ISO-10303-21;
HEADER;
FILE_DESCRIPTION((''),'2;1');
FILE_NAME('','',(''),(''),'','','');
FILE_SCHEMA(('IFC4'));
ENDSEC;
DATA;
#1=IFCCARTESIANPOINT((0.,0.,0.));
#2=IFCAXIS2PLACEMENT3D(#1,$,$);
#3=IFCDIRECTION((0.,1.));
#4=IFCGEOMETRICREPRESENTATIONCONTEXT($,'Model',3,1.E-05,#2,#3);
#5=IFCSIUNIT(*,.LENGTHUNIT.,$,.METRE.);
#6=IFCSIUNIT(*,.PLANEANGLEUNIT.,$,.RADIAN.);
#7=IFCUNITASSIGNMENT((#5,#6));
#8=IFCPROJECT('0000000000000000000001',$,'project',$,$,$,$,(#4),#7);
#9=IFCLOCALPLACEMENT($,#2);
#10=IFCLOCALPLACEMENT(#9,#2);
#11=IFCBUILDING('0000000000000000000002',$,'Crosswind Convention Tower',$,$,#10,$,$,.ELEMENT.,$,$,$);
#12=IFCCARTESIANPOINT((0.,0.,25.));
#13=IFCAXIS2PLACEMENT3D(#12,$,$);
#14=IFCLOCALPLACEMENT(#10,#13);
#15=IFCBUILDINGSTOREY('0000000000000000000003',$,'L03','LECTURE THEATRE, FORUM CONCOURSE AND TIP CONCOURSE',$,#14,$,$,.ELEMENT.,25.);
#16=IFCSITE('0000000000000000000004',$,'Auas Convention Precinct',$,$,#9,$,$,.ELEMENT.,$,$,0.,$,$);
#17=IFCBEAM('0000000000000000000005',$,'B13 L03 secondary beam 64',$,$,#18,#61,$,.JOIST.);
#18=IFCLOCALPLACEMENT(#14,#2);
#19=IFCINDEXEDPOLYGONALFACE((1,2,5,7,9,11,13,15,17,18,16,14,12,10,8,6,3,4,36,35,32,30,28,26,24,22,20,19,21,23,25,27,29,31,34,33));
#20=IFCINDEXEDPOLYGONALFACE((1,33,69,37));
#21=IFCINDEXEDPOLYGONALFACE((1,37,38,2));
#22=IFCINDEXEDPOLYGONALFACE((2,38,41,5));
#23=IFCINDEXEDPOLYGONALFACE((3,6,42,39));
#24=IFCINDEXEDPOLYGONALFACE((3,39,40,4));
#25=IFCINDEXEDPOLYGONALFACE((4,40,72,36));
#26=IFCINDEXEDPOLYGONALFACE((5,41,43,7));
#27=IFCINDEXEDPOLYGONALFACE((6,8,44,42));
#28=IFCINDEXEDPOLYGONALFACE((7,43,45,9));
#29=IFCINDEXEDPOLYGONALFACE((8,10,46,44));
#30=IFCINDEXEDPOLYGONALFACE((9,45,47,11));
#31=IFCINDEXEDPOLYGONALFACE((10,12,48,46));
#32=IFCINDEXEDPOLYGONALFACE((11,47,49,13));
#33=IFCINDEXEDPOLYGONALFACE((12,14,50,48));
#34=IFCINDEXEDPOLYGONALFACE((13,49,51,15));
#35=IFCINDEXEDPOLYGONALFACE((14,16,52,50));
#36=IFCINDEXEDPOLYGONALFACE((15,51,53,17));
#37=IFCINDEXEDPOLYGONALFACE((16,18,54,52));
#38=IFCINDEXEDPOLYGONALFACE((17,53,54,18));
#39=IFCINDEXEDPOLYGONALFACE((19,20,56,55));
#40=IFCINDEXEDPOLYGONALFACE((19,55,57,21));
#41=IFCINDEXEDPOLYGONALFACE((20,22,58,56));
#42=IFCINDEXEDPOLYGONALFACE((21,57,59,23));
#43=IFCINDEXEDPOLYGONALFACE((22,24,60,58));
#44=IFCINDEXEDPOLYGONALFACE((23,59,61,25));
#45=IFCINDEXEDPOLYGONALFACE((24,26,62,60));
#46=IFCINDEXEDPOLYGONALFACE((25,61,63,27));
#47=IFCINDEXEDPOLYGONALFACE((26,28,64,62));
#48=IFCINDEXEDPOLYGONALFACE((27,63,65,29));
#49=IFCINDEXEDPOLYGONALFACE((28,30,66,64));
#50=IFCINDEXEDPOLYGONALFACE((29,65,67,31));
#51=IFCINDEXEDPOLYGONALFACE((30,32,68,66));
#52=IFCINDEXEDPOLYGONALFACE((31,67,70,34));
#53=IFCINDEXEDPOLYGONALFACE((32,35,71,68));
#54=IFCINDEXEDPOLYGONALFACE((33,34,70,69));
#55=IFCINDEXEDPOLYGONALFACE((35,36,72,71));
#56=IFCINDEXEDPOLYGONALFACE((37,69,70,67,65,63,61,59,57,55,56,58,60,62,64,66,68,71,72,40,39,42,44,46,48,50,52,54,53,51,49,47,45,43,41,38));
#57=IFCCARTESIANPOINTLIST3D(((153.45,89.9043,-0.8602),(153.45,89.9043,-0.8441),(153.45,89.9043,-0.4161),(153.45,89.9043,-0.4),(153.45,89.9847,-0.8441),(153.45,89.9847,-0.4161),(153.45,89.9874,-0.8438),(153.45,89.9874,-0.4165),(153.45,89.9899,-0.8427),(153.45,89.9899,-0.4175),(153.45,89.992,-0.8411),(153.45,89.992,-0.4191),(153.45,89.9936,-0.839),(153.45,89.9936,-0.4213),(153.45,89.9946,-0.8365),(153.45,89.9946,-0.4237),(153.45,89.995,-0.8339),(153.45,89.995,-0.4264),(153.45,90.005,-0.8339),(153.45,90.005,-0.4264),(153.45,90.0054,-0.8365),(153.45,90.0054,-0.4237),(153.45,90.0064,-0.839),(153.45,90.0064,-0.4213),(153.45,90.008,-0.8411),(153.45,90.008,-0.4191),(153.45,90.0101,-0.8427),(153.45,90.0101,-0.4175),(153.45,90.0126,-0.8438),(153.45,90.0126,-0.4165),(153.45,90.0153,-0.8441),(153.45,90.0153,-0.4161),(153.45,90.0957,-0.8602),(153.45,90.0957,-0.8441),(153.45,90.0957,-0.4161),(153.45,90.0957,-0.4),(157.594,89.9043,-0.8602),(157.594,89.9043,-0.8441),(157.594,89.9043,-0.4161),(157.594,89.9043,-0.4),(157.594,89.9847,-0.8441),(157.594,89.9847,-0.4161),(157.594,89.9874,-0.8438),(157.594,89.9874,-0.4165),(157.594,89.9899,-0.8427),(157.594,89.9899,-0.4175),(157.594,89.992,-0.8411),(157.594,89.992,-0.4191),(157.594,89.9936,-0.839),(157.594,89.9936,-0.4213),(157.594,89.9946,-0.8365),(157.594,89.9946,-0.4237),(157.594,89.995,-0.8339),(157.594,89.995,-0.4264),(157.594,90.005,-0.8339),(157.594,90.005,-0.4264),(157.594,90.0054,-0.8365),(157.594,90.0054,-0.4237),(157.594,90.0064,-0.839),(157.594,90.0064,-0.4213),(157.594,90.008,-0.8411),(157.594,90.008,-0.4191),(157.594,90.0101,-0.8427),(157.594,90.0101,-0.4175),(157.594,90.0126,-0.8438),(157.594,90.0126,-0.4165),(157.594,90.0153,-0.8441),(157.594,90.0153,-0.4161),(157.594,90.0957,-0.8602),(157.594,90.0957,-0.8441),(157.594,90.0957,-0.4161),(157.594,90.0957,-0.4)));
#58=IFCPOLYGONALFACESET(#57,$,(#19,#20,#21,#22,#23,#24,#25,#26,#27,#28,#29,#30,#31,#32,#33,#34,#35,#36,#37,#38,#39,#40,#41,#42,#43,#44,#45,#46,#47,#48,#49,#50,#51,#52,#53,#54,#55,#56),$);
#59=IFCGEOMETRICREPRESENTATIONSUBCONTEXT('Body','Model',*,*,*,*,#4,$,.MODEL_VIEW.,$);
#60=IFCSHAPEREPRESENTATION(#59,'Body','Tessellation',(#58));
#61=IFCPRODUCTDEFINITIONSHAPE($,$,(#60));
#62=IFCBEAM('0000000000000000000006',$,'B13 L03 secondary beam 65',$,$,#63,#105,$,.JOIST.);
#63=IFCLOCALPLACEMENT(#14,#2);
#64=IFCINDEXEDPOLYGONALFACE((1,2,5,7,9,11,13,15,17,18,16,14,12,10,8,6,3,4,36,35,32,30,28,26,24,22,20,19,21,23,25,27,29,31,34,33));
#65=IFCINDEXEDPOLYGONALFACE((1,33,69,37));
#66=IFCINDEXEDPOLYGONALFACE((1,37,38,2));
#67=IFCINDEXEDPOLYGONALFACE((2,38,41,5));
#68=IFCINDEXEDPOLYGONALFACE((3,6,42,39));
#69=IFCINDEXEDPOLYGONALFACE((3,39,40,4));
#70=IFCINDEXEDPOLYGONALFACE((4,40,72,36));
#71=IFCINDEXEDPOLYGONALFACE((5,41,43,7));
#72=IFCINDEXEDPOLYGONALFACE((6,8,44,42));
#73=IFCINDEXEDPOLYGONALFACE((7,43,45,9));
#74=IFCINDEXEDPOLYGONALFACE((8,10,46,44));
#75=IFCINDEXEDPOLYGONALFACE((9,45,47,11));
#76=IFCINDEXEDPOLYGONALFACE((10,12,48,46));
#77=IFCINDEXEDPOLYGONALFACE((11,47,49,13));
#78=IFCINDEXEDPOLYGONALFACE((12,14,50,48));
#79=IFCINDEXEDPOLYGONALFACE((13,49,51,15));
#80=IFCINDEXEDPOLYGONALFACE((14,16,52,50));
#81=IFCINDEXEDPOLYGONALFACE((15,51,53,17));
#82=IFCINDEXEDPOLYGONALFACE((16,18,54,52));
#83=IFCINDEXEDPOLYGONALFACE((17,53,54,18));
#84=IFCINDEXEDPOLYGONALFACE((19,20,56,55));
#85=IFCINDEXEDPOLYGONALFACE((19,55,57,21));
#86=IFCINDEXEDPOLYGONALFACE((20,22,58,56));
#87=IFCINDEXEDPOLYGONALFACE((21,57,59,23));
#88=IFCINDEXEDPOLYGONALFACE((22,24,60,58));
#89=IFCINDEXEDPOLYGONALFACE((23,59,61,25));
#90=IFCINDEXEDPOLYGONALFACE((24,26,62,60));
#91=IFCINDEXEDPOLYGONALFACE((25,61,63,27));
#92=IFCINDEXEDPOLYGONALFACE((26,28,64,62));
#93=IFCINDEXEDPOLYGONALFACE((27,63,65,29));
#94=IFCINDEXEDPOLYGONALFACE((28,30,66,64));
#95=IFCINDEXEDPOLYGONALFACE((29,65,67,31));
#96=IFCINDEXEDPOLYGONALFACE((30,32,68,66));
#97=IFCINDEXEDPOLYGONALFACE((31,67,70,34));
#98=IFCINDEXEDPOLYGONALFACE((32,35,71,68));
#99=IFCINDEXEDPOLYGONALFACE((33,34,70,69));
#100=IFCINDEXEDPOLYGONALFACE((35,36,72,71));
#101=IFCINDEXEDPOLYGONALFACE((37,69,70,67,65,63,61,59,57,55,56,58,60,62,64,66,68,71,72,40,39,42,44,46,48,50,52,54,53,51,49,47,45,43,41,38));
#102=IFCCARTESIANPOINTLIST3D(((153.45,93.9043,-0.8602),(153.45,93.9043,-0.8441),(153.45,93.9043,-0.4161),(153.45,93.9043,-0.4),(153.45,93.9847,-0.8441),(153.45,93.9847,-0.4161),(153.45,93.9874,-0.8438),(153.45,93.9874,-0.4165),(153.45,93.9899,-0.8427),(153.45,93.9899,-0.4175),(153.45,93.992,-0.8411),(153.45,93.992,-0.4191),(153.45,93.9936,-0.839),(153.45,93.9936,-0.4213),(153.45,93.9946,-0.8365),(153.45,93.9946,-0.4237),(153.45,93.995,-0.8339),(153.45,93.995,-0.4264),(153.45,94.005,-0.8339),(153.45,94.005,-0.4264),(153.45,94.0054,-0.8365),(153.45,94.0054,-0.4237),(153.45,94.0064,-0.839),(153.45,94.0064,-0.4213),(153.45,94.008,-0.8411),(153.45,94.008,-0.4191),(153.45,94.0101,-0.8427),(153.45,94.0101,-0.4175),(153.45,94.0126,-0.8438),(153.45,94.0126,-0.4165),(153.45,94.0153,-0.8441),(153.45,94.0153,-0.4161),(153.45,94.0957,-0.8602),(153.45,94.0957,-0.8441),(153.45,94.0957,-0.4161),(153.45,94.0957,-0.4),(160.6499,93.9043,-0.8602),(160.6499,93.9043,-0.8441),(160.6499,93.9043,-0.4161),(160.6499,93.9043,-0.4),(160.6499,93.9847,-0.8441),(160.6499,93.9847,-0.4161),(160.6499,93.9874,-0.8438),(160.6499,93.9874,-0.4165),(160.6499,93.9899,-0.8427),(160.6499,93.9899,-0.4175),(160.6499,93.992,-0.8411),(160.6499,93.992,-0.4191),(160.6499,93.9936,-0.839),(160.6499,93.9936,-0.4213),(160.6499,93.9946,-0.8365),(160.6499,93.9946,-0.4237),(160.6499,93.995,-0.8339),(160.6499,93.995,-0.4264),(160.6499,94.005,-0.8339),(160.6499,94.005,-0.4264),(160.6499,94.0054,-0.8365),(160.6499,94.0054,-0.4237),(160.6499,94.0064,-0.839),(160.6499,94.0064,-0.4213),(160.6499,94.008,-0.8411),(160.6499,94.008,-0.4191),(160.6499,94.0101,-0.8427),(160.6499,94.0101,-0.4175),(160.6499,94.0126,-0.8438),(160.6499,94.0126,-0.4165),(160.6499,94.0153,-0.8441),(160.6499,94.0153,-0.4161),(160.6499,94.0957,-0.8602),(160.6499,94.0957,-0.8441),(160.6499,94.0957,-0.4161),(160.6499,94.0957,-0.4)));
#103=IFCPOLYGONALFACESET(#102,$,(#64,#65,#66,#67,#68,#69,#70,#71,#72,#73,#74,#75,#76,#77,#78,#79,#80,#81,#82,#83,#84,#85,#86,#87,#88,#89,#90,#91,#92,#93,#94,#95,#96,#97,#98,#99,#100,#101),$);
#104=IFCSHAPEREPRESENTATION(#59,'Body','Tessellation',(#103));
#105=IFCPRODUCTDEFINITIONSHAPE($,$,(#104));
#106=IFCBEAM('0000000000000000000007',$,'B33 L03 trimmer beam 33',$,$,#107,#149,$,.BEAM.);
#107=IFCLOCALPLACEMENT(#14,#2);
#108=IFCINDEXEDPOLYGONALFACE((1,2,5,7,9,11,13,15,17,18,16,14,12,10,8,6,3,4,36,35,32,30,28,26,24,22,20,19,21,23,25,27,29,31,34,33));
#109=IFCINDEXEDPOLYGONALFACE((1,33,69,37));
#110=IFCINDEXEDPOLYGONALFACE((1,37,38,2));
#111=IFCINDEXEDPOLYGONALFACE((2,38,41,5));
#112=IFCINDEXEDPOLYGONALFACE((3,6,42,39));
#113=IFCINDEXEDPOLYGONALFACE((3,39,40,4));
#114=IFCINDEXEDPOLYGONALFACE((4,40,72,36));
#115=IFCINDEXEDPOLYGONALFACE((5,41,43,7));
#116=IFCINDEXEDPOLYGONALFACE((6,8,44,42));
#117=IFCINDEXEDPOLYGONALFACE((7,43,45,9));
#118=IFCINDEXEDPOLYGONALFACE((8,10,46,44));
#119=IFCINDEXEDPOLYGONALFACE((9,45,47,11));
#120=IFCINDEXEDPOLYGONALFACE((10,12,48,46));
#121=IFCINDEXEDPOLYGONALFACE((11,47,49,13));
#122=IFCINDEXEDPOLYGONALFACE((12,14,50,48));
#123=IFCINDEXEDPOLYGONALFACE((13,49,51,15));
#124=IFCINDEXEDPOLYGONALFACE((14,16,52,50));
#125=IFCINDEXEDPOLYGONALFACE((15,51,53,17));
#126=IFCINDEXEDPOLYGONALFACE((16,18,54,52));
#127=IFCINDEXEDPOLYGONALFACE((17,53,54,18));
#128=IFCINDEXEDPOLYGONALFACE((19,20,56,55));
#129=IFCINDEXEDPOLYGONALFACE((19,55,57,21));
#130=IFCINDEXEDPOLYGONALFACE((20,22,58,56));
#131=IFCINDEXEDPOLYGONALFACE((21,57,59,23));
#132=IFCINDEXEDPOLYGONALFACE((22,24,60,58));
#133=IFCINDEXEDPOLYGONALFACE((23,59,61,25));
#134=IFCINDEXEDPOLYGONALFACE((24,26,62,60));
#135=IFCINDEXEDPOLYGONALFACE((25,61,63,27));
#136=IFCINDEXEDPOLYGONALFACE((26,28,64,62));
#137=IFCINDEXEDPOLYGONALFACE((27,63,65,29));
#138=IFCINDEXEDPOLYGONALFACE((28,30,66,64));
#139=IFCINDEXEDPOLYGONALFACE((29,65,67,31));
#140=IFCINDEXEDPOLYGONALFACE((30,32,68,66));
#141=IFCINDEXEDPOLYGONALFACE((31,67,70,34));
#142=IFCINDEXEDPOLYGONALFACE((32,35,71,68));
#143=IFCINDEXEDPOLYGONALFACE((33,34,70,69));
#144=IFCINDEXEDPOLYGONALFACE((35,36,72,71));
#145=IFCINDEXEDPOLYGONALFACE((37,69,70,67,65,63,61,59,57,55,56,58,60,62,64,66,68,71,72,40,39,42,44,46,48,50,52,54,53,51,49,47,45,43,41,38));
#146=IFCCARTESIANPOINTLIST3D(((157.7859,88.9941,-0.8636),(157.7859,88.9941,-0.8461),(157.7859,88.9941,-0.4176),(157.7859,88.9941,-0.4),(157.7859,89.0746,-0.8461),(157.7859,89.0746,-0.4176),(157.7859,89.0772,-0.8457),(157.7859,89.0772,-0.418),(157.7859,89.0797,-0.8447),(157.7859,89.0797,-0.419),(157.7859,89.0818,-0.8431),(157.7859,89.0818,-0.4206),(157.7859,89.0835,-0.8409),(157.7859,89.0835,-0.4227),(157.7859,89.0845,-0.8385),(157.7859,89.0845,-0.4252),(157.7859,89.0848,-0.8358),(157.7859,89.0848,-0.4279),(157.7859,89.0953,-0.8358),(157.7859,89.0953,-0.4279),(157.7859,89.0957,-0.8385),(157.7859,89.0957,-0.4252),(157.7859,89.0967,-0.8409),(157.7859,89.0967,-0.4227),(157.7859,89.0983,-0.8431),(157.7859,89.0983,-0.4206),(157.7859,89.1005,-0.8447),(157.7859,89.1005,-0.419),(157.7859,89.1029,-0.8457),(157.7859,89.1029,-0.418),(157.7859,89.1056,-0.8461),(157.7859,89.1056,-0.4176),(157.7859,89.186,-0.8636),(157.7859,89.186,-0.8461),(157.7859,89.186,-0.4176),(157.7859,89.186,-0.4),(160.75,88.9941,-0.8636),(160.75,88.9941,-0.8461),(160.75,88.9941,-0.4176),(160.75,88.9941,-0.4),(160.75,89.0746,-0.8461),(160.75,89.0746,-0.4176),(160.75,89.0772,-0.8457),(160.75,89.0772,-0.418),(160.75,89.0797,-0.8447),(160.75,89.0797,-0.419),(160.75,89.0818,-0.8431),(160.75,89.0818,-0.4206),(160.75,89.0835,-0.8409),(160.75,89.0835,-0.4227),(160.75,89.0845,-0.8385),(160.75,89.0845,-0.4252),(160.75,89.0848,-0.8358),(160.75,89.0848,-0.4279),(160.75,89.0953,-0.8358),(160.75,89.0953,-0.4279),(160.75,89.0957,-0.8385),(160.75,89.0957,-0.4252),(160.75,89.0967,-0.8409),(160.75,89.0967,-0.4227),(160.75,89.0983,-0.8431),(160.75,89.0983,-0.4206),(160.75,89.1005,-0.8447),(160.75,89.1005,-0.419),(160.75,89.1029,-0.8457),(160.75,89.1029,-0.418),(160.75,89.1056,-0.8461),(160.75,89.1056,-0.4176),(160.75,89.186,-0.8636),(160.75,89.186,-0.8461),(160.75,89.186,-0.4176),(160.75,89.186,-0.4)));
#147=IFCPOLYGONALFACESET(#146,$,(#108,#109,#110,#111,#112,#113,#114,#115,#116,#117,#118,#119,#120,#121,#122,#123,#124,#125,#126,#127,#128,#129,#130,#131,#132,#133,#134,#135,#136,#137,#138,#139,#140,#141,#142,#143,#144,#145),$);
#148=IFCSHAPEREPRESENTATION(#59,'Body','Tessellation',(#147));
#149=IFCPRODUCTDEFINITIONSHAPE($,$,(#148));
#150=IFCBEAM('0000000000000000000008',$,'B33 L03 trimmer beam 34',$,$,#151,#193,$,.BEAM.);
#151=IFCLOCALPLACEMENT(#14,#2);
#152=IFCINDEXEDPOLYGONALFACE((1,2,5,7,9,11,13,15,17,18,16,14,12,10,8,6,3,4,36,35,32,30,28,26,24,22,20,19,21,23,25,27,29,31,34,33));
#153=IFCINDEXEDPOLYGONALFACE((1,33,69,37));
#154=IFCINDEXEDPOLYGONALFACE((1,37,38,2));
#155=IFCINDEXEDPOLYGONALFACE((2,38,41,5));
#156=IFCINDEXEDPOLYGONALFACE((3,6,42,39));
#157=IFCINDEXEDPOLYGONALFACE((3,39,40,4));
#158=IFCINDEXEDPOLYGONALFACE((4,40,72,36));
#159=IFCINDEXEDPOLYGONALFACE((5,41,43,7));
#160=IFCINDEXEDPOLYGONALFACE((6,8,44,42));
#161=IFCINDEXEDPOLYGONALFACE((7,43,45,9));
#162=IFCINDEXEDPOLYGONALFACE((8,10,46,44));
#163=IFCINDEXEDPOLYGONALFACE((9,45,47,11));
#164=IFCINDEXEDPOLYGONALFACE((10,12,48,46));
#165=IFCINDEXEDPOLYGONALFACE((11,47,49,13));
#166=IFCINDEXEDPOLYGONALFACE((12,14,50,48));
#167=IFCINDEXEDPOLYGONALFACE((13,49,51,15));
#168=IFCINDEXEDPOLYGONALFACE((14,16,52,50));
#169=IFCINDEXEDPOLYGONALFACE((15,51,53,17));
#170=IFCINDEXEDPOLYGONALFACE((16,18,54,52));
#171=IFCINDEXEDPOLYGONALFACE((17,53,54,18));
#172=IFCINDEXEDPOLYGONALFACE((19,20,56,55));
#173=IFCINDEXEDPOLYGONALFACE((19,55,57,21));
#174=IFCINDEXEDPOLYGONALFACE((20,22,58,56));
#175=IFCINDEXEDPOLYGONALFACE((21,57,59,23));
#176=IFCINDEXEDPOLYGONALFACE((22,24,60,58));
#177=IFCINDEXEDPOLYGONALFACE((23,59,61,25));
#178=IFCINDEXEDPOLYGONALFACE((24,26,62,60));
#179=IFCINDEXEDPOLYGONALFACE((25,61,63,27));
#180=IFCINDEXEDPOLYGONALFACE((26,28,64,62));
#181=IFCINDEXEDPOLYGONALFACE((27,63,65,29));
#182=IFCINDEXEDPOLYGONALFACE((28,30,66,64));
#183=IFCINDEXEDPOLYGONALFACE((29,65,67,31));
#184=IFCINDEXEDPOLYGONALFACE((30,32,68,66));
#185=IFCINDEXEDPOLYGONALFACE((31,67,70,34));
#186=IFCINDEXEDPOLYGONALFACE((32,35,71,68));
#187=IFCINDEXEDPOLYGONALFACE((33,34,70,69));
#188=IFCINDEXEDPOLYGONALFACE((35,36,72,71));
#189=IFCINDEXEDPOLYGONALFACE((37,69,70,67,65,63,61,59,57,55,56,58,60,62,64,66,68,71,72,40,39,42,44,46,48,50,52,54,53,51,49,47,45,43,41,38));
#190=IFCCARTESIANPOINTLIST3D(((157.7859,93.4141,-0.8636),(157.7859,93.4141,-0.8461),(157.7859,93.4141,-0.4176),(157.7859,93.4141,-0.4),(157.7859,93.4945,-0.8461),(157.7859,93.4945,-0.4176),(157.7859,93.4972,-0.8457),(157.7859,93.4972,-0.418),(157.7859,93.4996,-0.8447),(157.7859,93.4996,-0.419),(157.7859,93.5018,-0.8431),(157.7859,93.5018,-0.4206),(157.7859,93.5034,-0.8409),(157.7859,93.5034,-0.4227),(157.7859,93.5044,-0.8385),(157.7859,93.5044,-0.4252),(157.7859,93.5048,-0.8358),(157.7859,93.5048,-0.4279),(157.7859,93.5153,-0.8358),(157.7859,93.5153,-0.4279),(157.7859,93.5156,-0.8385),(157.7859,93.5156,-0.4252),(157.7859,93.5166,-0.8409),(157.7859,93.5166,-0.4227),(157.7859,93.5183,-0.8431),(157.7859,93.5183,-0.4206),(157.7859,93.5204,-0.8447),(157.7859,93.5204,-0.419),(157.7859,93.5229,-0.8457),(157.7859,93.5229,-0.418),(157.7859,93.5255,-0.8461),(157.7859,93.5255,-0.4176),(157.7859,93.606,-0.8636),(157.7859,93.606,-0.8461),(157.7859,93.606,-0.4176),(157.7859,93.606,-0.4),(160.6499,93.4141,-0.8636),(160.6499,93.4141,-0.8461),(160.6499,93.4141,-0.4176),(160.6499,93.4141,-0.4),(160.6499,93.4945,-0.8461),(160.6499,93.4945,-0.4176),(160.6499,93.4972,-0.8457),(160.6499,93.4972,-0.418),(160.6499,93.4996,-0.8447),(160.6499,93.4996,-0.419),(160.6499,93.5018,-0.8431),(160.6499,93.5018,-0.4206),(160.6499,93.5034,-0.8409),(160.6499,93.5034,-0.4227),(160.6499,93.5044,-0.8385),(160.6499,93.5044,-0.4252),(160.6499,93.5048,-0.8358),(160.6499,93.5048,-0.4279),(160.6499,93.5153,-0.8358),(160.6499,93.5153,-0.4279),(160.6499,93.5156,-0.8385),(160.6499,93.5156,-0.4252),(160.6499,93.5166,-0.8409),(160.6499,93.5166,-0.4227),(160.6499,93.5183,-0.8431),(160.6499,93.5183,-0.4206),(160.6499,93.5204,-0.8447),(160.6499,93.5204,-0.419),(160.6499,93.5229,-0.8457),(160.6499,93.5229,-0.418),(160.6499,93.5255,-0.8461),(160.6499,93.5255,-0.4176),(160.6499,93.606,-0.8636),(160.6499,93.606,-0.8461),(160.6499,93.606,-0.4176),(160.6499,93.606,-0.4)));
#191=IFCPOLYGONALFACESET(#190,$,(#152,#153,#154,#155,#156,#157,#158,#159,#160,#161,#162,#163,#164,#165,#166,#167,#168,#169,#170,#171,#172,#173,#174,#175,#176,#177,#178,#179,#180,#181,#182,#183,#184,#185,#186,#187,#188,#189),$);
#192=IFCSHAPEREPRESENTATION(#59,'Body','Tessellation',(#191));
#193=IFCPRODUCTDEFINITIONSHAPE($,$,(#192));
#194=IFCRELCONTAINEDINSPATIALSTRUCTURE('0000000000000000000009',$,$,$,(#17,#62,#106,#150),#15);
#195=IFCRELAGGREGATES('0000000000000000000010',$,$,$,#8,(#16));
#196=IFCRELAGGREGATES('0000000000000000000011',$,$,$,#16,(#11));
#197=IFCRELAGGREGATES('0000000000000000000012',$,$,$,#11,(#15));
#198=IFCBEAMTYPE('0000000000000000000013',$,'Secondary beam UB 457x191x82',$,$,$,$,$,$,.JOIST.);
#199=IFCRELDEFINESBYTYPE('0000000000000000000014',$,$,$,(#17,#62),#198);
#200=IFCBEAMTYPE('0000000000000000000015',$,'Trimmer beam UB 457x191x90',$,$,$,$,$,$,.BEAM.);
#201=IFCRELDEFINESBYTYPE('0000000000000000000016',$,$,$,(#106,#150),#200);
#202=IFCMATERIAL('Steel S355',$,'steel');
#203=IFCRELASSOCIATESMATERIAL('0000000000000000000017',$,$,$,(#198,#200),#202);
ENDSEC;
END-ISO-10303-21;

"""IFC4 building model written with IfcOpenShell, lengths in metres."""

from ifc_helpers import new_model, si_unit, direction, frame, origin, origin_2d, place, context, subcontext, project, spatial, i_section, extrude, material, material_profile, profile_set, type_object, element, save


model = new_model("IFC4")

# Units and contexts
model_context = context("Model", 3, precision=1e-05, world=origin(), true_north=direction((0.0, 1.0)))
body_context = subcontext(model_context, "Body", "Model", "MODEL_VIEW")
ifc_project = project(units=[si_unit("LENGTHUNIT", "METRE"), si_unit("PLANEANGLEUNIT", "RADIAN")], contexts=[model_context])

# Site, building, storey
site_placement = place(None, origin())
site = spatial("IfcSite", under=ifc_project, at=site_placement, Name="Auas Convention Precinct", CompositionType="ELEMENT", RefElevation=0.0)
building_placement = place(site_placement, origin())
building = spatial("IfcBuilding", under=site, at=building_placement, Name="Crosswind Convention Tower", CompositionType="ELEMENT")
storey_placement = place(building_placement, frame((0.0, 0.0, 25.0)))
storey = spatial("IfcBuildingStorey", under=building, at=storey_placement, Name="L03", Description="LECTURE THEATRE, FORUM CONCOURSE AND TIP CONCOURSE", CompositionType="ELEMENT", Elevation=25.0)

# Beams
ifc_material_1 = material(Name="Steel S355", Category="steel")
ifc_material_profile_1 = material_profile(ifc_material_1, i_section(OverallWidth=0.1914, OverallDepth=0.4602, WebThickness=0.01, FlangeThickness=0.0161, FilletRadius=0.0103, at=origin_2d()), Name="UB 457x191x82")
ifc_profile_set_1 = profile_set([ifc_material_profile_1], Name="Steel S355")
beam_type_1 = type_object("IfcBeamType", Name="Secondary beam UB 457x191x82", PredefinedType="JOIST", material=ifc_profile_set_1)
beam_1_placement = place(storey_placement, frame((153.45, 90.0, -0.6301), z_axis=(1.0, 0.0, 0.0), x_axis=(0.0, 1.0, 0.0)))
element("IfcBeam", 1, at=beam_1_placement, inside=storey, type_object=beam_type_1, Name="B13 L03 secondary beam 64", PredefinedType="JOIST", context=body_context, shape_type="SweptSolid", body=[
    extrude(i_section(OverallWidth=0.1914, OverallDepth=0.4602, WebThickness=0.01, FlangeThickness=0.0161, FilletRadius=0.0103, at=origin_2d()), origin(), (0.0, 0.0, 1.0), 4.144),
])
beam_2_placement = place(storey_placement, frame((153.45, 94.0, -0.6301), z_axis=(1.0, 0.0, 0.0), x_axis=(0.0, 1.0, 0.0)))
element("IfcBeam", 2, at=beam_2_placement, inside=storey, type_object=beam_type_1, Name="B13 L03 secondary beam 65", PredefinedType="JOIST", context=body_context, shape_type="SweptSolid", body=[
    extrude(i_section(OverallWidth=0.1914, OverallDepth=0.4602, WebThickness=0.01, FlangeThickness=0.0161, FilletRadius=0.0103, at=origin_2d()), origin(), (0.0, 0.0, 1.0), 7.2),
])
ifc_material_profile_2 = material_profile(ifc_material_1, i_section(OverallWidth=0.1919, OverallDepth=0.4636, WebThickness=0.0105, FlangeThickness=0.0176, FilletRadius=0.0103, at=origin_2d()), Name="UB 457x191x90")
ifc_profile_set_2 = profile_set([ifc_material_profile_2], Name="Steel S355")
beam_type_2 = type_object("IfcBeamType", Name="Trimmer beam UB 457x191x90", PredefinedType="BEAM", material=ifc_profile_set_2)
beam_3_placement = place(storey_placement, frame((157.7859, 89.0901, -0.6318), z_axis=(1.0, 0.0, 0.0), x_axis=(0.0, 1.0, 0.0)))
element("IfcBeam", 3, at=beam_3_placement, inside=storey, type_object=beam_type_2, Name="B33 L03 trimmer beam 33", PredefinedType="BEAM", context=body_context, shape_type="SweptSolid", body=[
    extrude(i_section(OverallWidth=0.1919, OverallDepth=0.4636, WebThickness=0.0105, FlangeThickness=0.0176, FilletRadius=0.0103, at=origin_2d()), origin(), (0.0, 0.0, 1.0), 2.9641),
])
beam_4_placement = place(storey_placement, frame((157.7859, 93.51, -0.6318), z_axis=(1.0, 0.0, 0.0), x_axis=(0.0, 1.0, 0.0)))
element("IfcBeam", 4, at=beam_4_placement, inside=storey, type_object=beam_type_2, Name="B33 L03 trimmer beam 34", PredefinedType="BEAM", context=body_context, shape_type="SweptSolid", body=[
    extrude(i_section(OverallWidth=0.1919, OverallDepth=0.4636, WebThickness=0.0105, FlangeThickness=0.0176, FilletRadius=0.0103, at=origin_2d()), origin(), (0.0, 0.0, 1.0), 2.864),
])

save(model, "model.ifc")
